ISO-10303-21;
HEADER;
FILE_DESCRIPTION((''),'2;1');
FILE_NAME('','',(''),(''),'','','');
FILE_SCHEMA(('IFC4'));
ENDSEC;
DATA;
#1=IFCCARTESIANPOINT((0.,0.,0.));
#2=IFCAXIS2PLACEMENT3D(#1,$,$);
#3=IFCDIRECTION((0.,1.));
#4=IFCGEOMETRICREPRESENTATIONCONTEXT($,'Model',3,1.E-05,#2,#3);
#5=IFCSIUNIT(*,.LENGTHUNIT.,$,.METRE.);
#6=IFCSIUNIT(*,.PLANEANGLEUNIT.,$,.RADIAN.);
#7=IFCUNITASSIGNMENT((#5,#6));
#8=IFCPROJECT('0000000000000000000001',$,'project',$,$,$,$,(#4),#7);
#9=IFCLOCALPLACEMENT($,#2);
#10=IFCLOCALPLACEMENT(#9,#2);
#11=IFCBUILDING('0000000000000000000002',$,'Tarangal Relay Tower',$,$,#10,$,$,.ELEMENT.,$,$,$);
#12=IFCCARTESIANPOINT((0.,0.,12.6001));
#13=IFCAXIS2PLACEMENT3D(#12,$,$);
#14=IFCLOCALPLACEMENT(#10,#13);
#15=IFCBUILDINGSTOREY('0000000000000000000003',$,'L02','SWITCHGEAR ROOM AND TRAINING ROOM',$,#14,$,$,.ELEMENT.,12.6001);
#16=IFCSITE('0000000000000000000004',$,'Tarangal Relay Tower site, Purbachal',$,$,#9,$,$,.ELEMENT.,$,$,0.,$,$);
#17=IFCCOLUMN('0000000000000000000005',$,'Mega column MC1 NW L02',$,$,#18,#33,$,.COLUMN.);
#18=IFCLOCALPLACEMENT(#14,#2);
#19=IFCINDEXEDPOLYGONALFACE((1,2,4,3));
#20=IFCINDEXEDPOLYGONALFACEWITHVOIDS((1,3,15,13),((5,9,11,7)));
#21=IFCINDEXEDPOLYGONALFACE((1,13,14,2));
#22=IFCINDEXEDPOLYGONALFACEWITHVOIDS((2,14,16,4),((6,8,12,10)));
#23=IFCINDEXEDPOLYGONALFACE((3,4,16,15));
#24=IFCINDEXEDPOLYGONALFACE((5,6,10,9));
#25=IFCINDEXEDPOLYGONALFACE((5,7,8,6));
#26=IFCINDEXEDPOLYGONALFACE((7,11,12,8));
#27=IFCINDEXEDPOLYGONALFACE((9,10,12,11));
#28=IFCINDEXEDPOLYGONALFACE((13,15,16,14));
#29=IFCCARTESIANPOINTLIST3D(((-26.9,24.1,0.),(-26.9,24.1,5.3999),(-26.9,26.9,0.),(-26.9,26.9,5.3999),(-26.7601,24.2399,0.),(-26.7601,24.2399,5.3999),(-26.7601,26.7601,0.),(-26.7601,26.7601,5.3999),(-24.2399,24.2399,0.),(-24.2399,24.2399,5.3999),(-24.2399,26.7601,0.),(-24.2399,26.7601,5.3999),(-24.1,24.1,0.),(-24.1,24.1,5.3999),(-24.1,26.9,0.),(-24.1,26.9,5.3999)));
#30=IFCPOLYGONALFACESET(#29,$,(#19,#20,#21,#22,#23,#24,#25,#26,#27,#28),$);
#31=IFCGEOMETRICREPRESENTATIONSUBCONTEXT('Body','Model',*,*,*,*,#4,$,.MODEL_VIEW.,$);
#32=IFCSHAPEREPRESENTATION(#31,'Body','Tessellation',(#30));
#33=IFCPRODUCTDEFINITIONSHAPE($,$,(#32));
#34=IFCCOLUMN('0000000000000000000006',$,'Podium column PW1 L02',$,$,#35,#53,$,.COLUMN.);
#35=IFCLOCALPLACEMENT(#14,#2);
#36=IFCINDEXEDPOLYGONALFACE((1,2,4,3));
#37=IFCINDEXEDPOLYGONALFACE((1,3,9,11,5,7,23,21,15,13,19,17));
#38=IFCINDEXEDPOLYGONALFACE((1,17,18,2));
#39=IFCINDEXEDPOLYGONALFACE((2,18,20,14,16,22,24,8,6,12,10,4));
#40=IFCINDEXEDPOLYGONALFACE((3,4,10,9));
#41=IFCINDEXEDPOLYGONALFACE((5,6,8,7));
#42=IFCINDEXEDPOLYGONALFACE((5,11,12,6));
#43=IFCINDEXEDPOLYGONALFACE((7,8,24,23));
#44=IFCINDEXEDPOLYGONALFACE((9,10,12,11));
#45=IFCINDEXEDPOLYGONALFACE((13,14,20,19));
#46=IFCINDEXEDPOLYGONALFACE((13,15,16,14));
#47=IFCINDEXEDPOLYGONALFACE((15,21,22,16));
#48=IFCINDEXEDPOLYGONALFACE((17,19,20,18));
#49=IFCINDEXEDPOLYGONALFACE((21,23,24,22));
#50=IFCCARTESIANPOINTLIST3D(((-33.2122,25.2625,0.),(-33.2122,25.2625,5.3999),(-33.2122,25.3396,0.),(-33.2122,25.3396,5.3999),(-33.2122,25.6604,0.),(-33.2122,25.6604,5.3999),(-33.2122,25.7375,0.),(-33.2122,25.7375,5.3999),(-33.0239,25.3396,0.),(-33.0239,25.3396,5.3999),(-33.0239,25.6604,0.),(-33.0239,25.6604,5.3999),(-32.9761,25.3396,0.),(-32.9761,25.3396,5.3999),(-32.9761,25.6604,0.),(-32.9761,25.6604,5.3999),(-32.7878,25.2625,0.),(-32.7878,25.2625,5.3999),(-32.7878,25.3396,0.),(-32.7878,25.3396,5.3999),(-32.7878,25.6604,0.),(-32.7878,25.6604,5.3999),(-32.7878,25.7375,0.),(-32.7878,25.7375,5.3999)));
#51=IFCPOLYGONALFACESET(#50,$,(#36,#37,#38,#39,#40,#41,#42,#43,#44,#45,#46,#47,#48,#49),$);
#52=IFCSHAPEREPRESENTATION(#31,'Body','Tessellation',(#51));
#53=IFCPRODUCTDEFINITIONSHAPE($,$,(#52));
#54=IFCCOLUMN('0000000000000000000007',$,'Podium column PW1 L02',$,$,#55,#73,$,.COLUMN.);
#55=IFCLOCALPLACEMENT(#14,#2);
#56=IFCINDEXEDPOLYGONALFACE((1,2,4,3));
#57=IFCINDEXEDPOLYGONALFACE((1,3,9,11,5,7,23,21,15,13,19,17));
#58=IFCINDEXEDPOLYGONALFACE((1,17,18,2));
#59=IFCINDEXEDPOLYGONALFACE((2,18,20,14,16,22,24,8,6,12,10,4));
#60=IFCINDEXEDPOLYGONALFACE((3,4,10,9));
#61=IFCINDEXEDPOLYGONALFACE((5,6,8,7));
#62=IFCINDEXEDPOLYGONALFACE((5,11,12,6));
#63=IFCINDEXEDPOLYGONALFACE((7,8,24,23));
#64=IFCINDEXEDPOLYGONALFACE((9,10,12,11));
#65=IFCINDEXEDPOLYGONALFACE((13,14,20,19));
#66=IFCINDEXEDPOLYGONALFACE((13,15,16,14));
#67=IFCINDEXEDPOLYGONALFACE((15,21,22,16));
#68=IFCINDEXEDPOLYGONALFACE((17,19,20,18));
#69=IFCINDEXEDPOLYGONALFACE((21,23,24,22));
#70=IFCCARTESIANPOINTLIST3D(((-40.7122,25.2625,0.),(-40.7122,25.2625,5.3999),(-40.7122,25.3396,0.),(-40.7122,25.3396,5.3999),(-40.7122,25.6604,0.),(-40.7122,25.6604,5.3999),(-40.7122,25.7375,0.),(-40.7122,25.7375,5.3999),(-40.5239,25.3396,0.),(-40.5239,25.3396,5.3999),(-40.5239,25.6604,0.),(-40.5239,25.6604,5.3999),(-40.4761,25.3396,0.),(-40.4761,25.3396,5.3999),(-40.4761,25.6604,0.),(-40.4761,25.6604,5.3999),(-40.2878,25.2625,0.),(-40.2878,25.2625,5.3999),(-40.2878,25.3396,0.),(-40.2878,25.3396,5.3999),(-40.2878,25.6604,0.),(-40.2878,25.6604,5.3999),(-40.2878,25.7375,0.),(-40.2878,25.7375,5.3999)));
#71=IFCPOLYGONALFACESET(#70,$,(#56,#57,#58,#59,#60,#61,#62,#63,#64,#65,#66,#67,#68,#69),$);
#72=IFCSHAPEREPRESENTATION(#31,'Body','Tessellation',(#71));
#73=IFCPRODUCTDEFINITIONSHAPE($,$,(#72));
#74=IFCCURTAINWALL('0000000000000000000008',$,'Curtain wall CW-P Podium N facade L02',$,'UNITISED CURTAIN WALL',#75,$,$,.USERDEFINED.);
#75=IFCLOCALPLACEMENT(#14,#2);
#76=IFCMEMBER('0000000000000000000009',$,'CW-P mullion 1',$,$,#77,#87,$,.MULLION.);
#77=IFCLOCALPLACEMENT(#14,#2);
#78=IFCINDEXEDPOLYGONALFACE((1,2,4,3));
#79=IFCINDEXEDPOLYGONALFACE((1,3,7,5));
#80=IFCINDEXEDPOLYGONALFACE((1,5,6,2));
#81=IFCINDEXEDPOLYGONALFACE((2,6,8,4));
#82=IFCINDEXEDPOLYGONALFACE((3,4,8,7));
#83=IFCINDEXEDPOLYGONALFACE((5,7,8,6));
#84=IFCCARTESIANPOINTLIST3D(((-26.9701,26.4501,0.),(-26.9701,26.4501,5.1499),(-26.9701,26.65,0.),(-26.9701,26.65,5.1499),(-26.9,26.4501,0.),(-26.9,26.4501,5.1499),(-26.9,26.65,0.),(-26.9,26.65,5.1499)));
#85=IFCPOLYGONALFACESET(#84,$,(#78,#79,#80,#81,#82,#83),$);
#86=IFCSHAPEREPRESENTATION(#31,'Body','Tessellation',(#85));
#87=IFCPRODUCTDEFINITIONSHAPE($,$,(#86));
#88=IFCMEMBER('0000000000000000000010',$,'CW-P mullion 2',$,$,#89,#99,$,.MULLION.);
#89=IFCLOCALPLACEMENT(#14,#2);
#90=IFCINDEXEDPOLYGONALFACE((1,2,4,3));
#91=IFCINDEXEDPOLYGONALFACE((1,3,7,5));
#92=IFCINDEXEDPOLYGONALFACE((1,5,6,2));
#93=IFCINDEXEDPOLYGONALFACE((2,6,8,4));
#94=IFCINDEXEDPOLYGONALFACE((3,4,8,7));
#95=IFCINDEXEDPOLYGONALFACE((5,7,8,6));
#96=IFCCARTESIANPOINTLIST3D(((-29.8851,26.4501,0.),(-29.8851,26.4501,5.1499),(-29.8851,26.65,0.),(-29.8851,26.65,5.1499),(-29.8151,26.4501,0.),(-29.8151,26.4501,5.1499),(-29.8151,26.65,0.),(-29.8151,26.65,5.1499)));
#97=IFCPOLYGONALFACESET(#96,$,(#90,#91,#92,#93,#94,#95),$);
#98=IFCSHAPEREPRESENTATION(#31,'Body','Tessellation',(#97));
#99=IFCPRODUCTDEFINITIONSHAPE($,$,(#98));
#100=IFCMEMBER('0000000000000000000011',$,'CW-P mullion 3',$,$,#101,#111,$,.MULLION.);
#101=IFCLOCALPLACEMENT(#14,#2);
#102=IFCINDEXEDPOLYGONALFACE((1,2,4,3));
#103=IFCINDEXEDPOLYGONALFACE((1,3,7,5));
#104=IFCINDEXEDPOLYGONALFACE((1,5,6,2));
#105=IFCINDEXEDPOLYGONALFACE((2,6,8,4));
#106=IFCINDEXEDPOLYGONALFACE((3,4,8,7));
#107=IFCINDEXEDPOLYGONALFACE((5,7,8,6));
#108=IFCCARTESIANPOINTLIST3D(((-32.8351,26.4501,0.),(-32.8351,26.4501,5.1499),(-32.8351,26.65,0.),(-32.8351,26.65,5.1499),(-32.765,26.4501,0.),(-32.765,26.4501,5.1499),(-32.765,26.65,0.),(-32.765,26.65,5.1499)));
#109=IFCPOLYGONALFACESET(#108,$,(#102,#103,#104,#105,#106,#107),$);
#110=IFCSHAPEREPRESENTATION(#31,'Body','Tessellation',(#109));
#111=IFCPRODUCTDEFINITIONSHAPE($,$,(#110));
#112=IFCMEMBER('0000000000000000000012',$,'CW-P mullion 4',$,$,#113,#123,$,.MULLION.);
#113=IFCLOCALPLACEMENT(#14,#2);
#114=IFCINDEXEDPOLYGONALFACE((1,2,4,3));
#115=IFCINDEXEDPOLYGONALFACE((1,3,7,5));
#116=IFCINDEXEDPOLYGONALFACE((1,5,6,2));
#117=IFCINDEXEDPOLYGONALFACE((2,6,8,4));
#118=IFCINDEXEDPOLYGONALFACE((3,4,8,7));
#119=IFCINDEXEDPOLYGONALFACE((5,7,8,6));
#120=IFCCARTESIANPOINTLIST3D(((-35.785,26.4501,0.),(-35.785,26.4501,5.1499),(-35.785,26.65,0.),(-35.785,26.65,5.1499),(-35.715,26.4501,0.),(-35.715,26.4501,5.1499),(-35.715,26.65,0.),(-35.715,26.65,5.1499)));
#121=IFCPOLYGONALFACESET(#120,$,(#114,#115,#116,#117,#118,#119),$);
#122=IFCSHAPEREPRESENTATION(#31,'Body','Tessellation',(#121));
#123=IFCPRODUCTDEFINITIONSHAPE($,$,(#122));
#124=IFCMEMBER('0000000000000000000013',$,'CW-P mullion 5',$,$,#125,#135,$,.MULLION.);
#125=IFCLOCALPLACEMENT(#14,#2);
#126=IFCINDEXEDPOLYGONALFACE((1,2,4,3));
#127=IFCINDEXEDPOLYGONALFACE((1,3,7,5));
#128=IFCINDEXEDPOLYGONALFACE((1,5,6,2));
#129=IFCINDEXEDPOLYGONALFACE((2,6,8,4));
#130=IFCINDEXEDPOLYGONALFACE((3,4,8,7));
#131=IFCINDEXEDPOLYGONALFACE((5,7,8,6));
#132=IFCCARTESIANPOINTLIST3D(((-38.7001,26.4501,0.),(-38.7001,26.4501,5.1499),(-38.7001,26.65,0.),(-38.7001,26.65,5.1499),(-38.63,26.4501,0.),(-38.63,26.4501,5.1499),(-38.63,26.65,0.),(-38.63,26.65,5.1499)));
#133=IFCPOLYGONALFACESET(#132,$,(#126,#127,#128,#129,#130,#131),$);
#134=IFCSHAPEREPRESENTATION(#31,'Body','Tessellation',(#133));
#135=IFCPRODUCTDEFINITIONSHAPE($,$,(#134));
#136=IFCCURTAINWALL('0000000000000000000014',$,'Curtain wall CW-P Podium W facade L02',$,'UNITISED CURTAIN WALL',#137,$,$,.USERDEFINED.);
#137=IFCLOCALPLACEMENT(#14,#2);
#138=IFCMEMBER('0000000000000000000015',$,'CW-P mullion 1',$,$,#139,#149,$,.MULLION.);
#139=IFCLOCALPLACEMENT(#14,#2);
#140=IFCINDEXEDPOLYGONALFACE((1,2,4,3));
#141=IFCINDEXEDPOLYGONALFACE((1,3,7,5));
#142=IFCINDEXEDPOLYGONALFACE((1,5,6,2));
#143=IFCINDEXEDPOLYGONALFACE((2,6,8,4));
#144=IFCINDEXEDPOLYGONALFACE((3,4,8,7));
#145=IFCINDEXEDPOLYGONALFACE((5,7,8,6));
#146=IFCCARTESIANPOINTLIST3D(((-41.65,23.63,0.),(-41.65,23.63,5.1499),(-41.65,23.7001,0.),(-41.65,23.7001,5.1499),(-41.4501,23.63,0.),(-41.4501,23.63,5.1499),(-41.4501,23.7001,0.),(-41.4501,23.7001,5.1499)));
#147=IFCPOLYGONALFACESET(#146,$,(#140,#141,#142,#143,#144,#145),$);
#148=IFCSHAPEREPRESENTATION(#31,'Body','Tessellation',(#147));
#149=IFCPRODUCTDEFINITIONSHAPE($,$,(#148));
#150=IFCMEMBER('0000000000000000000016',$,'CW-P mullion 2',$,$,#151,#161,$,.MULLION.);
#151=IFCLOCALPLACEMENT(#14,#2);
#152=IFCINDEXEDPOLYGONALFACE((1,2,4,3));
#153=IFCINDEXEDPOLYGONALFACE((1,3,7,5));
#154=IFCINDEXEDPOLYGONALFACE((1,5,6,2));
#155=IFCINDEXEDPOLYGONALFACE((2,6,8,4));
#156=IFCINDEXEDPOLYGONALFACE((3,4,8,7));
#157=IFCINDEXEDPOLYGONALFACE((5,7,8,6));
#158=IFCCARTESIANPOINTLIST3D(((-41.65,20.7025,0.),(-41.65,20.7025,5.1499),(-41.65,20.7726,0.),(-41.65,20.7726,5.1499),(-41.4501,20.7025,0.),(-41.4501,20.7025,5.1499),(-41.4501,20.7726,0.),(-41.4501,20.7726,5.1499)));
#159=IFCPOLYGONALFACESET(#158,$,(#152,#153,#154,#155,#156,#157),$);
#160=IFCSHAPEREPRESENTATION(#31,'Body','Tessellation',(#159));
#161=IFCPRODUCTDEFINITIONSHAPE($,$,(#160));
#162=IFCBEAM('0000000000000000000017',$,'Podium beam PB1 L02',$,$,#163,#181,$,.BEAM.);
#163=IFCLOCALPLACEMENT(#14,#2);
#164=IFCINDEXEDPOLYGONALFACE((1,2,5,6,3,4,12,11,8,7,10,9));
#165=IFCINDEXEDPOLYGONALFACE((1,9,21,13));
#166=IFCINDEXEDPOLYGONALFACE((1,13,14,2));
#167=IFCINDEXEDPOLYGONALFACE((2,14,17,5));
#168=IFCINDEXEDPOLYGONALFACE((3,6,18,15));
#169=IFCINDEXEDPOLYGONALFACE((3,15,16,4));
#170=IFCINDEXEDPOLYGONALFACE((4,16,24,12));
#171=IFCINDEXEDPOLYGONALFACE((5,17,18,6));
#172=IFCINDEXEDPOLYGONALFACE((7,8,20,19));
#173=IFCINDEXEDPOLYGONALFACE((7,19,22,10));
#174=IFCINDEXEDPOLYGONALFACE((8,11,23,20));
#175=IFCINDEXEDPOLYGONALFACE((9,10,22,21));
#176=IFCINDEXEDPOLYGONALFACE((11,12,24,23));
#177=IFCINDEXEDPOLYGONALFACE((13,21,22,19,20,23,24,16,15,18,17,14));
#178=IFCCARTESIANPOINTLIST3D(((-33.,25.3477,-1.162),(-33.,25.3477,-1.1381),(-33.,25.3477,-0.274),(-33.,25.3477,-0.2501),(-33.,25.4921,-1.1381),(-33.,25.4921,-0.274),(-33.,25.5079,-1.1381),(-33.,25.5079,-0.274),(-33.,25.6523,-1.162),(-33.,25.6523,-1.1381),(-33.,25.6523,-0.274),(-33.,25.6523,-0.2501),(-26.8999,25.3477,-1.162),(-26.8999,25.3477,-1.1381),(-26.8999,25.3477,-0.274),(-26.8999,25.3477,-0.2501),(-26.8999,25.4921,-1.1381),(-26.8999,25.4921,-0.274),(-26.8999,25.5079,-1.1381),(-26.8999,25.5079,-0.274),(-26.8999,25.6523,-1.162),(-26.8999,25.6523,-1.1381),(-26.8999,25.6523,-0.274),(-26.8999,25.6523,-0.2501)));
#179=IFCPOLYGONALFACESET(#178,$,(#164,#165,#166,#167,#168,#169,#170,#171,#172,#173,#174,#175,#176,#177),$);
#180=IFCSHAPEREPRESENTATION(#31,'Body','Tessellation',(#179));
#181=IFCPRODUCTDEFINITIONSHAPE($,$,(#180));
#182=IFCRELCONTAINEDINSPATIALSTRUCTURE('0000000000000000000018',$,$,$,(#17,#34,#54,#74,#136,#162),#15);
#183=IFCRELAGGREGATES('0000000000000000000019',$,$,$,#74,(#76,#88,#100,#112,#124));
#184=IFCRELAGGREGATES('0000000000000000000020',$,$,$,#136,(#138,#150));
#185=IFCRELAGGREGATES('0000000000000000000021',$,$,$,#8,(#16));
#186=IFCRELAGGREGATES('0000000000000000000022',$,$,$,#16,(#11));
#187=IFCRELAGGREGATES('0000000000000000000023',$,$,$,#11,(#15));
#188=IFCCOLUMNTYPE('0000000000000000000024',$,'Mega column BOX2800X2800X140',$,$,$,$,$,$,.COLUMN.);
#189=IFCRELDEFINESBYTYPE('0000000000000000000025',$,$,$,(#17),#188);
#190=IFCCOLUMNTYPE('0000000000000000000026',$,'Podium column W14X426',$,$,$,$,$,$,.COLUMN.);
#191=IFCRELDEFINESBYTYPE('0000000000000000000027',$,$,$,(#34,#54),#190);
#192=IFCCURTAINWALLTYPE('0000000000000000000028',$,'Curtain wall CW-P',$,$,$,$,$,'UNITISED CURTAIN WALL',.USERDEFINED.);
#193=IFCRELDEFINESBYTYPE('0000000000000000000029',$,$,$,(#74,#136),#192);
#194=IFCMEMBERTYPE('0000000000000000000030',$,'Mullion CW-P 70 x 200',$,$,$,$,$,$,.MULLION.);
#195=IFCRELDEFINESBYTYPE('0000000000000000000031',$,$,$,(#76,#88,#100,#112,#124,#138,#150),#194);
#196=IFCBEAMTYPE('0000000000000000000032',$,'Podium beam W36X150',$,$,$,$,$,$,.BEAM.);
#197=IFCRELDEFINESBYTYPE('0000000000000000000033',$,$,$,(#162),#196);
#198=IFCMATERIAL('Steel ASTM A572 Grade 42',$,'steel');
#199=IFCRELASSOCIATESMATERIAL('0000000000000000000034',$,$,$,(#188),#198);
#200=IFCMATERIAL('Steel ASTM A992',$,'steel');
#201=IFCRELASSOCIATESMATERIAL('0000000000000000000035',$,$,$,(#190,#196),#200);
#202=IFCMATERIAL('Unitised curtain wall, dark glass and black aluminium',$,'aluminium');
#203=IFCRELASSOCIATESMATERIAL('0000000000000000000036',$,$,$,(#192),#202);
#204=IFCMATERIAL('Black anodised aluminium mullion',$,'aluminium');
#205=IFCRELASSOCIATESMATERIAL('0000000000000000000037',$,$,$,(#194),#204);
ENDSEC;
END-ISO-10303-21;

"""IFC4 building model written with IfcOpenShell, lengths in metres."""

from ifc_helpers import new_model, si_unit, direction, frame, origin, origin_2d, place, context, subcontext, project, spatial, rectangle, hollow_rectangle, i_section, extrude, material, material_profile, profile_set, type_object, element, aggregate, save


model = new_model("IFC4")

# Units and contexts
model_context = context("Model", 3, precision=1e-05, world=origin(), true_north=direction((0.0, 1.0)))
body_context = subcontext(model_context, "Body", "Model", "MODEL_VIEW")
ifc_project = project(units=[si_unit("LENGTHUNIT", "METRE"), si_unit("PLANEANGLEUNIT", "RADIAN")], contexts=[model_context])

# Site, building, storey
site_placement = place(None, origin())
site = spatial("IfcSite", under=ifc_project, at=site_placement, Name="Tarangal Relay Tower site, Purbachal", CompositionType="ELEMENT", RefElevation=0.0)
building_placement = place(site_placement, origin())
building = spatial("IfcBuilding", under=site, at=building_placement, Name="Tarangal Relay Tower", CompositionType="ELEMENT")
storey_placement = place(building_placement, frame((0.0, 0.0, 12.6001)))
storey = spatial("IfcBuildingStorey", under=building, at=storey_placement, Name="L02", Description="SWITCHGEAR ROOM AND TRAINING ROOM", CompositionType="ELEMENT", Elevation=12.6001)

# Columns
ifc_material_1 = material(Name="Steel ASTM A572 Grade 42", Category="steel")
ifc_material_profile_1 = material_profile(ifc_material_1, hollow_rectangle(XDim=2.8, YDim=2.8, WallThickness=0.1399, at=origin_2d()), Name="BOX2800X2800X140")
ifc_profile_set_1 = profile_set([ifc_material_profile_1], Name="Steel ASTM A572 Grade 42")
column_type_1 = type_object("IfcColumnType", Name="Mega column BOX2800X2800X140", PredefinedType="COLUMN", material=ifc_profile_set_1)
column_placement = place(storey_placement, frame((-25.5, 25.5, 0.0), z_axis=(0.0, 0.0, 1.0), x_axis=(1.0, 0.0, 0.0)))
element("IfcColumn", 1, at=column_placement, inside=storey, type_object=column_type_1, Name="Mega column MC1 NW L02", PredefinedType="COLUMN", context=body_context, shape_type="SweptSolid", body=[
    extrude(hollow_rectangle(XDim=2.8, YDim=2.8, WallThickness=0.1399, at=origin_2d()), origin(), (0.0, 0.0, 1.0), 5.3999),
])
ifc_material_2 = material(Name="Steel ASTM A992", Category="steel")
ifc_material_profile_2 = material_profile(ifc_material_2, i_section(OverallWidth=0.4243, OverallDepth=0.4751, WebThickness=0.0479, FlangeThickness=0.0771, at=origin_2d()), Name="W14X426")
ifc_profile_set_2 = profile_set([ifc_material_profile_2], Name="Steel ASTM A992")
column_type_2 = type_object("IfcColumnType", Name="Podium column W14X426", PredefinedType="COLUMN", material=ifc_profile_set_2)
for number, where, z_axis, x_axis, name in (
    (2, (-33.0, 25.5, 0.0), (0.0, 0.0, 1.0), (1.0, 0.0, 0.0), "Podium column PW1 L02"),
    (3, (-40.5, 25.5, 0.0), (0.0, 0.0, 1.0), (1.0, 0.0, 0.0), "Podium column PW1 L02"),
):
    element("IfcColumn", number, at=place(storey_placement, frame(where, z_axis=z_axis, x_axis=x_axis)), inside=storey, type_object=column_type_2, Name=name, PredefinedType="COLUMN", context=body_context, shape_type="SweptSolid", body=[
        extrude(i_section(OverallWidth=0.4243, OverallDepth=0.4751, WebThickness=0.0479, FlangeThickness=0.0771, at=origin_2d()), origin(), (0.0, 0.0, 1.0), 5.3999),
    ])

# Curtain walls, members
ifc_material_3 = material(Name="Unitised curtain wall, dark glass and black aluminium", Category="aluminium")
curtain_wall_type = type_object("IfcCurtainWallType", Name="Curtain wall CW-P", ElementType="UNITISED CURTAIN WALL", PredefinedType="USERDEFINED", material=ifc_material_3)
curtain_wall_1_placement = place(storey_placement, origin())
curtain_wall_1 = element("IfcCurtainWall", 4, at=curtain_wall_1_placement, inside=storey, type_object=curtain_wall_type, Name="Curtain wall CW-P Podium N facade L02", ObjectType="UNITISED CURTAIN WALL", PredefinedType="USERDEFINED")
ifc_material_4 = material(Name="Black anodised aluminium mullion", Category="aluminium")
ifc_material_profile_3 = material_profile(ifc_material_4, rectangle(XDim=0.2, YDim=0.0701, at=origin_2d()), Name="CW-PM 70X200")
ifc_profile_set_3 = profile_set([ifc_material_profile_3], Name="Black anodised aluminium mullion")
member_type_1 = type_object("IfcMemberType", Name="Mullion CW-P 70 x 200", PredefinedType="MULLION", material=ifc_profile_set_3)
member_1_placement = place(storey_placement, frame((-26.9351, 26.55, 0.0), z_axis=(0.0, 0.0, 1.0), x_axis=(0.0, -1.0, 0.0)))
member_1 = element("IfcMember", 5, at=member_1_placement, type_object=member_type_1, Name="CW-P mullion 1", PredefinedType="MULLION", context=body_context, shape_type="SweptSolid", body=[
    extrude(rectangle(XDim=0.2, YDim=0.0701, at=origin_2d()), origin(), (0.0, 0.0, 1.0), 5.1499),
])
member_2_placement = place(storey_placement, frame((-29.8501, 26.55, 0.0), z_axis=(0.0, 0.0, 1.0), x_axis=(0.0, -1.0, 0.0)))
member_2 = element("IfcMember", 6, at=member_2_placement, type_object=member_type_1, Name="CW-P mullion 2", PredefinedType="MULLION", context=body_context, shape_type="SweptSolid", body=[
    extrude(rectangle(XDim=0.2, YDim=0.0701, at=origin_2d()), origin(), (0.0, 0.0, 1.0), 5.1499),
])
member_3_placement = place(storey_placement, frame((-32.8, 26.55, 0.0), z_axis=(0.0, 0.0, 1.0), x_axis=(0.0, -1.0, 0.0)))
member_3 = element("IfcMember", 7, at=member_3_placement, type_object=member_type_1, Name="CW-P mullion 3", PredefinedType="MULLION", context=body_context, shape_type="SweptSolid", body=[
    extrude(rectangle(XDim=0.2, YDim=0.0701, at=origin_2d()), origin(), (0.0, 0.0, 1.0), 5.1499),
])
member_4_placement = place(storey_placement, frame((-35.75, 26.55, 0.0), z_axis=(0.0, 0.0, 1.0), x_axis=(0.0, -1.0, 0.0)))
member_4 = element("IfcMember", 8, at=member_4_placement, type_object=member_type_1, Name="CW-P mullion 4", PredefinedType="MULLION", context=body_context, shape_type="SweptSolid", body=[
    extrude(rectangle(XDim=0.2, YDim=0.0701, at=origin_2d()), origin(), (0.0, 0.0, 1.0), 5.1499),
])
member_5_placement = place(storey_placement, frame((-38.665, 26.55, 0.0), z_axis=(0.0, 0.0, 1.0), x_axis=(0.0, -1.0, 0.0)))
member_5 = element("IfcMember", 9, at=member_5_placement, type_object=member_type_1, Name="CW-P mullion 5", PredefinedType="MULLION", context=body_context, shape_type="SweptSolid", body=[
    extrude(rectangle(XDim=0.2, YDim=0.0701, at=origin_2d()), origin(), (0.0, 0.0, 1.0), 5.1499),
])
curtain_wall_2_placement = place(storey_placement, origin())
curtain_wall_2 = element("IfcCurtainWall", 10, at=curtain_wall_2_placement, inside=storey, type_object=curtain_wall_type, Name="Curtain wall CW-P Podium W facade L02", ObjectType="UNITISED CURTAIN WALL", PredefinedType="USERDEFINED")
member_6_placement = place(storey_placement, frame((-41.55, 23.665, 0.0), z_axis=(0.0, 0.0, 1.0), x_axis=(1.0, 0.0, 0.0)))
member_6 = element("IfcMember", 11, at=member_6_placement, type_object=member_type_1, Name="CW-P mullion 1", PredefinedType="MULLION", context=body_context, shape_type="SweptSolid", body=[
    extrude(rectangle(XDim=0.2, YDim=0.0701, at=origin_2d()), origin(), (0.0, 0.0, 1.0), 5.1499),
])
member_7_placement = place(storey_placement, frame((-41.55, 20.7375, 0.0), z_axis=(0.0, 0.0, 1.0), x_axis=(1.0, 0.0, 0.0)))
member_7 = element("IfcMember", 12, at=member_7_placement, type_object=member_type_1, Name="CW-P mullion 2", PredefinedType="MULLION", context=body_context, shape_type="SweptSolid", body=[
    extrude(rectangle(XDim=0.2, YDim=0.0701, at=origin_2d()), origin(), (0.0, 0.0, 1.0), 5.1499),
])

# Beam
ifc_material_profile_4 = material_profile(ifc_material_2, i_section(OverallWidth=0.3047, OverallDepth=0.9119, WebThickness=0.0159, FlangeThickness=0.0239, at=origin_2d()), Name="W36X150")
ifc_profile_set_4 = profile_set([ifc_material_profile_4], Name="Steel ASTM A992")
beam_type_1 = type_object("IfcBeamType", Name="Podium beam W36X150", PredefinedType="BEAM", material=ifc_profile_set_4)
beam_1_placement = place(storey_placement, frame((-26.8999, 25.5, -0.7061), z_axis=(-1.0, 0.0, 0.0), x_axis=(0.0, -1.0, 0.0)))
element("IfcBeam", 13, at=beam_1_placement, inside=storey, type_object=beam_type_1, Name="Podium beam PB1 L02", PredefinedType="BEAM", context=body_context, shape_type="SweptSolid", body=[
    extrude(i_section(OverallWidth=0.3047, OverallDepth=0.9119, WebThickness=0.0159, FlangeThickness=0.0239, at=origin_2d()), origin(), (0.0, 0.0, 1.0), 6.1001),
])

aggregate(curtain_wall_1, [member_1, member_2, member_3, member_4, member_5])
aggregate(curtain_wall_2, [member_6, member_7])

save(model, "model.ifc")
